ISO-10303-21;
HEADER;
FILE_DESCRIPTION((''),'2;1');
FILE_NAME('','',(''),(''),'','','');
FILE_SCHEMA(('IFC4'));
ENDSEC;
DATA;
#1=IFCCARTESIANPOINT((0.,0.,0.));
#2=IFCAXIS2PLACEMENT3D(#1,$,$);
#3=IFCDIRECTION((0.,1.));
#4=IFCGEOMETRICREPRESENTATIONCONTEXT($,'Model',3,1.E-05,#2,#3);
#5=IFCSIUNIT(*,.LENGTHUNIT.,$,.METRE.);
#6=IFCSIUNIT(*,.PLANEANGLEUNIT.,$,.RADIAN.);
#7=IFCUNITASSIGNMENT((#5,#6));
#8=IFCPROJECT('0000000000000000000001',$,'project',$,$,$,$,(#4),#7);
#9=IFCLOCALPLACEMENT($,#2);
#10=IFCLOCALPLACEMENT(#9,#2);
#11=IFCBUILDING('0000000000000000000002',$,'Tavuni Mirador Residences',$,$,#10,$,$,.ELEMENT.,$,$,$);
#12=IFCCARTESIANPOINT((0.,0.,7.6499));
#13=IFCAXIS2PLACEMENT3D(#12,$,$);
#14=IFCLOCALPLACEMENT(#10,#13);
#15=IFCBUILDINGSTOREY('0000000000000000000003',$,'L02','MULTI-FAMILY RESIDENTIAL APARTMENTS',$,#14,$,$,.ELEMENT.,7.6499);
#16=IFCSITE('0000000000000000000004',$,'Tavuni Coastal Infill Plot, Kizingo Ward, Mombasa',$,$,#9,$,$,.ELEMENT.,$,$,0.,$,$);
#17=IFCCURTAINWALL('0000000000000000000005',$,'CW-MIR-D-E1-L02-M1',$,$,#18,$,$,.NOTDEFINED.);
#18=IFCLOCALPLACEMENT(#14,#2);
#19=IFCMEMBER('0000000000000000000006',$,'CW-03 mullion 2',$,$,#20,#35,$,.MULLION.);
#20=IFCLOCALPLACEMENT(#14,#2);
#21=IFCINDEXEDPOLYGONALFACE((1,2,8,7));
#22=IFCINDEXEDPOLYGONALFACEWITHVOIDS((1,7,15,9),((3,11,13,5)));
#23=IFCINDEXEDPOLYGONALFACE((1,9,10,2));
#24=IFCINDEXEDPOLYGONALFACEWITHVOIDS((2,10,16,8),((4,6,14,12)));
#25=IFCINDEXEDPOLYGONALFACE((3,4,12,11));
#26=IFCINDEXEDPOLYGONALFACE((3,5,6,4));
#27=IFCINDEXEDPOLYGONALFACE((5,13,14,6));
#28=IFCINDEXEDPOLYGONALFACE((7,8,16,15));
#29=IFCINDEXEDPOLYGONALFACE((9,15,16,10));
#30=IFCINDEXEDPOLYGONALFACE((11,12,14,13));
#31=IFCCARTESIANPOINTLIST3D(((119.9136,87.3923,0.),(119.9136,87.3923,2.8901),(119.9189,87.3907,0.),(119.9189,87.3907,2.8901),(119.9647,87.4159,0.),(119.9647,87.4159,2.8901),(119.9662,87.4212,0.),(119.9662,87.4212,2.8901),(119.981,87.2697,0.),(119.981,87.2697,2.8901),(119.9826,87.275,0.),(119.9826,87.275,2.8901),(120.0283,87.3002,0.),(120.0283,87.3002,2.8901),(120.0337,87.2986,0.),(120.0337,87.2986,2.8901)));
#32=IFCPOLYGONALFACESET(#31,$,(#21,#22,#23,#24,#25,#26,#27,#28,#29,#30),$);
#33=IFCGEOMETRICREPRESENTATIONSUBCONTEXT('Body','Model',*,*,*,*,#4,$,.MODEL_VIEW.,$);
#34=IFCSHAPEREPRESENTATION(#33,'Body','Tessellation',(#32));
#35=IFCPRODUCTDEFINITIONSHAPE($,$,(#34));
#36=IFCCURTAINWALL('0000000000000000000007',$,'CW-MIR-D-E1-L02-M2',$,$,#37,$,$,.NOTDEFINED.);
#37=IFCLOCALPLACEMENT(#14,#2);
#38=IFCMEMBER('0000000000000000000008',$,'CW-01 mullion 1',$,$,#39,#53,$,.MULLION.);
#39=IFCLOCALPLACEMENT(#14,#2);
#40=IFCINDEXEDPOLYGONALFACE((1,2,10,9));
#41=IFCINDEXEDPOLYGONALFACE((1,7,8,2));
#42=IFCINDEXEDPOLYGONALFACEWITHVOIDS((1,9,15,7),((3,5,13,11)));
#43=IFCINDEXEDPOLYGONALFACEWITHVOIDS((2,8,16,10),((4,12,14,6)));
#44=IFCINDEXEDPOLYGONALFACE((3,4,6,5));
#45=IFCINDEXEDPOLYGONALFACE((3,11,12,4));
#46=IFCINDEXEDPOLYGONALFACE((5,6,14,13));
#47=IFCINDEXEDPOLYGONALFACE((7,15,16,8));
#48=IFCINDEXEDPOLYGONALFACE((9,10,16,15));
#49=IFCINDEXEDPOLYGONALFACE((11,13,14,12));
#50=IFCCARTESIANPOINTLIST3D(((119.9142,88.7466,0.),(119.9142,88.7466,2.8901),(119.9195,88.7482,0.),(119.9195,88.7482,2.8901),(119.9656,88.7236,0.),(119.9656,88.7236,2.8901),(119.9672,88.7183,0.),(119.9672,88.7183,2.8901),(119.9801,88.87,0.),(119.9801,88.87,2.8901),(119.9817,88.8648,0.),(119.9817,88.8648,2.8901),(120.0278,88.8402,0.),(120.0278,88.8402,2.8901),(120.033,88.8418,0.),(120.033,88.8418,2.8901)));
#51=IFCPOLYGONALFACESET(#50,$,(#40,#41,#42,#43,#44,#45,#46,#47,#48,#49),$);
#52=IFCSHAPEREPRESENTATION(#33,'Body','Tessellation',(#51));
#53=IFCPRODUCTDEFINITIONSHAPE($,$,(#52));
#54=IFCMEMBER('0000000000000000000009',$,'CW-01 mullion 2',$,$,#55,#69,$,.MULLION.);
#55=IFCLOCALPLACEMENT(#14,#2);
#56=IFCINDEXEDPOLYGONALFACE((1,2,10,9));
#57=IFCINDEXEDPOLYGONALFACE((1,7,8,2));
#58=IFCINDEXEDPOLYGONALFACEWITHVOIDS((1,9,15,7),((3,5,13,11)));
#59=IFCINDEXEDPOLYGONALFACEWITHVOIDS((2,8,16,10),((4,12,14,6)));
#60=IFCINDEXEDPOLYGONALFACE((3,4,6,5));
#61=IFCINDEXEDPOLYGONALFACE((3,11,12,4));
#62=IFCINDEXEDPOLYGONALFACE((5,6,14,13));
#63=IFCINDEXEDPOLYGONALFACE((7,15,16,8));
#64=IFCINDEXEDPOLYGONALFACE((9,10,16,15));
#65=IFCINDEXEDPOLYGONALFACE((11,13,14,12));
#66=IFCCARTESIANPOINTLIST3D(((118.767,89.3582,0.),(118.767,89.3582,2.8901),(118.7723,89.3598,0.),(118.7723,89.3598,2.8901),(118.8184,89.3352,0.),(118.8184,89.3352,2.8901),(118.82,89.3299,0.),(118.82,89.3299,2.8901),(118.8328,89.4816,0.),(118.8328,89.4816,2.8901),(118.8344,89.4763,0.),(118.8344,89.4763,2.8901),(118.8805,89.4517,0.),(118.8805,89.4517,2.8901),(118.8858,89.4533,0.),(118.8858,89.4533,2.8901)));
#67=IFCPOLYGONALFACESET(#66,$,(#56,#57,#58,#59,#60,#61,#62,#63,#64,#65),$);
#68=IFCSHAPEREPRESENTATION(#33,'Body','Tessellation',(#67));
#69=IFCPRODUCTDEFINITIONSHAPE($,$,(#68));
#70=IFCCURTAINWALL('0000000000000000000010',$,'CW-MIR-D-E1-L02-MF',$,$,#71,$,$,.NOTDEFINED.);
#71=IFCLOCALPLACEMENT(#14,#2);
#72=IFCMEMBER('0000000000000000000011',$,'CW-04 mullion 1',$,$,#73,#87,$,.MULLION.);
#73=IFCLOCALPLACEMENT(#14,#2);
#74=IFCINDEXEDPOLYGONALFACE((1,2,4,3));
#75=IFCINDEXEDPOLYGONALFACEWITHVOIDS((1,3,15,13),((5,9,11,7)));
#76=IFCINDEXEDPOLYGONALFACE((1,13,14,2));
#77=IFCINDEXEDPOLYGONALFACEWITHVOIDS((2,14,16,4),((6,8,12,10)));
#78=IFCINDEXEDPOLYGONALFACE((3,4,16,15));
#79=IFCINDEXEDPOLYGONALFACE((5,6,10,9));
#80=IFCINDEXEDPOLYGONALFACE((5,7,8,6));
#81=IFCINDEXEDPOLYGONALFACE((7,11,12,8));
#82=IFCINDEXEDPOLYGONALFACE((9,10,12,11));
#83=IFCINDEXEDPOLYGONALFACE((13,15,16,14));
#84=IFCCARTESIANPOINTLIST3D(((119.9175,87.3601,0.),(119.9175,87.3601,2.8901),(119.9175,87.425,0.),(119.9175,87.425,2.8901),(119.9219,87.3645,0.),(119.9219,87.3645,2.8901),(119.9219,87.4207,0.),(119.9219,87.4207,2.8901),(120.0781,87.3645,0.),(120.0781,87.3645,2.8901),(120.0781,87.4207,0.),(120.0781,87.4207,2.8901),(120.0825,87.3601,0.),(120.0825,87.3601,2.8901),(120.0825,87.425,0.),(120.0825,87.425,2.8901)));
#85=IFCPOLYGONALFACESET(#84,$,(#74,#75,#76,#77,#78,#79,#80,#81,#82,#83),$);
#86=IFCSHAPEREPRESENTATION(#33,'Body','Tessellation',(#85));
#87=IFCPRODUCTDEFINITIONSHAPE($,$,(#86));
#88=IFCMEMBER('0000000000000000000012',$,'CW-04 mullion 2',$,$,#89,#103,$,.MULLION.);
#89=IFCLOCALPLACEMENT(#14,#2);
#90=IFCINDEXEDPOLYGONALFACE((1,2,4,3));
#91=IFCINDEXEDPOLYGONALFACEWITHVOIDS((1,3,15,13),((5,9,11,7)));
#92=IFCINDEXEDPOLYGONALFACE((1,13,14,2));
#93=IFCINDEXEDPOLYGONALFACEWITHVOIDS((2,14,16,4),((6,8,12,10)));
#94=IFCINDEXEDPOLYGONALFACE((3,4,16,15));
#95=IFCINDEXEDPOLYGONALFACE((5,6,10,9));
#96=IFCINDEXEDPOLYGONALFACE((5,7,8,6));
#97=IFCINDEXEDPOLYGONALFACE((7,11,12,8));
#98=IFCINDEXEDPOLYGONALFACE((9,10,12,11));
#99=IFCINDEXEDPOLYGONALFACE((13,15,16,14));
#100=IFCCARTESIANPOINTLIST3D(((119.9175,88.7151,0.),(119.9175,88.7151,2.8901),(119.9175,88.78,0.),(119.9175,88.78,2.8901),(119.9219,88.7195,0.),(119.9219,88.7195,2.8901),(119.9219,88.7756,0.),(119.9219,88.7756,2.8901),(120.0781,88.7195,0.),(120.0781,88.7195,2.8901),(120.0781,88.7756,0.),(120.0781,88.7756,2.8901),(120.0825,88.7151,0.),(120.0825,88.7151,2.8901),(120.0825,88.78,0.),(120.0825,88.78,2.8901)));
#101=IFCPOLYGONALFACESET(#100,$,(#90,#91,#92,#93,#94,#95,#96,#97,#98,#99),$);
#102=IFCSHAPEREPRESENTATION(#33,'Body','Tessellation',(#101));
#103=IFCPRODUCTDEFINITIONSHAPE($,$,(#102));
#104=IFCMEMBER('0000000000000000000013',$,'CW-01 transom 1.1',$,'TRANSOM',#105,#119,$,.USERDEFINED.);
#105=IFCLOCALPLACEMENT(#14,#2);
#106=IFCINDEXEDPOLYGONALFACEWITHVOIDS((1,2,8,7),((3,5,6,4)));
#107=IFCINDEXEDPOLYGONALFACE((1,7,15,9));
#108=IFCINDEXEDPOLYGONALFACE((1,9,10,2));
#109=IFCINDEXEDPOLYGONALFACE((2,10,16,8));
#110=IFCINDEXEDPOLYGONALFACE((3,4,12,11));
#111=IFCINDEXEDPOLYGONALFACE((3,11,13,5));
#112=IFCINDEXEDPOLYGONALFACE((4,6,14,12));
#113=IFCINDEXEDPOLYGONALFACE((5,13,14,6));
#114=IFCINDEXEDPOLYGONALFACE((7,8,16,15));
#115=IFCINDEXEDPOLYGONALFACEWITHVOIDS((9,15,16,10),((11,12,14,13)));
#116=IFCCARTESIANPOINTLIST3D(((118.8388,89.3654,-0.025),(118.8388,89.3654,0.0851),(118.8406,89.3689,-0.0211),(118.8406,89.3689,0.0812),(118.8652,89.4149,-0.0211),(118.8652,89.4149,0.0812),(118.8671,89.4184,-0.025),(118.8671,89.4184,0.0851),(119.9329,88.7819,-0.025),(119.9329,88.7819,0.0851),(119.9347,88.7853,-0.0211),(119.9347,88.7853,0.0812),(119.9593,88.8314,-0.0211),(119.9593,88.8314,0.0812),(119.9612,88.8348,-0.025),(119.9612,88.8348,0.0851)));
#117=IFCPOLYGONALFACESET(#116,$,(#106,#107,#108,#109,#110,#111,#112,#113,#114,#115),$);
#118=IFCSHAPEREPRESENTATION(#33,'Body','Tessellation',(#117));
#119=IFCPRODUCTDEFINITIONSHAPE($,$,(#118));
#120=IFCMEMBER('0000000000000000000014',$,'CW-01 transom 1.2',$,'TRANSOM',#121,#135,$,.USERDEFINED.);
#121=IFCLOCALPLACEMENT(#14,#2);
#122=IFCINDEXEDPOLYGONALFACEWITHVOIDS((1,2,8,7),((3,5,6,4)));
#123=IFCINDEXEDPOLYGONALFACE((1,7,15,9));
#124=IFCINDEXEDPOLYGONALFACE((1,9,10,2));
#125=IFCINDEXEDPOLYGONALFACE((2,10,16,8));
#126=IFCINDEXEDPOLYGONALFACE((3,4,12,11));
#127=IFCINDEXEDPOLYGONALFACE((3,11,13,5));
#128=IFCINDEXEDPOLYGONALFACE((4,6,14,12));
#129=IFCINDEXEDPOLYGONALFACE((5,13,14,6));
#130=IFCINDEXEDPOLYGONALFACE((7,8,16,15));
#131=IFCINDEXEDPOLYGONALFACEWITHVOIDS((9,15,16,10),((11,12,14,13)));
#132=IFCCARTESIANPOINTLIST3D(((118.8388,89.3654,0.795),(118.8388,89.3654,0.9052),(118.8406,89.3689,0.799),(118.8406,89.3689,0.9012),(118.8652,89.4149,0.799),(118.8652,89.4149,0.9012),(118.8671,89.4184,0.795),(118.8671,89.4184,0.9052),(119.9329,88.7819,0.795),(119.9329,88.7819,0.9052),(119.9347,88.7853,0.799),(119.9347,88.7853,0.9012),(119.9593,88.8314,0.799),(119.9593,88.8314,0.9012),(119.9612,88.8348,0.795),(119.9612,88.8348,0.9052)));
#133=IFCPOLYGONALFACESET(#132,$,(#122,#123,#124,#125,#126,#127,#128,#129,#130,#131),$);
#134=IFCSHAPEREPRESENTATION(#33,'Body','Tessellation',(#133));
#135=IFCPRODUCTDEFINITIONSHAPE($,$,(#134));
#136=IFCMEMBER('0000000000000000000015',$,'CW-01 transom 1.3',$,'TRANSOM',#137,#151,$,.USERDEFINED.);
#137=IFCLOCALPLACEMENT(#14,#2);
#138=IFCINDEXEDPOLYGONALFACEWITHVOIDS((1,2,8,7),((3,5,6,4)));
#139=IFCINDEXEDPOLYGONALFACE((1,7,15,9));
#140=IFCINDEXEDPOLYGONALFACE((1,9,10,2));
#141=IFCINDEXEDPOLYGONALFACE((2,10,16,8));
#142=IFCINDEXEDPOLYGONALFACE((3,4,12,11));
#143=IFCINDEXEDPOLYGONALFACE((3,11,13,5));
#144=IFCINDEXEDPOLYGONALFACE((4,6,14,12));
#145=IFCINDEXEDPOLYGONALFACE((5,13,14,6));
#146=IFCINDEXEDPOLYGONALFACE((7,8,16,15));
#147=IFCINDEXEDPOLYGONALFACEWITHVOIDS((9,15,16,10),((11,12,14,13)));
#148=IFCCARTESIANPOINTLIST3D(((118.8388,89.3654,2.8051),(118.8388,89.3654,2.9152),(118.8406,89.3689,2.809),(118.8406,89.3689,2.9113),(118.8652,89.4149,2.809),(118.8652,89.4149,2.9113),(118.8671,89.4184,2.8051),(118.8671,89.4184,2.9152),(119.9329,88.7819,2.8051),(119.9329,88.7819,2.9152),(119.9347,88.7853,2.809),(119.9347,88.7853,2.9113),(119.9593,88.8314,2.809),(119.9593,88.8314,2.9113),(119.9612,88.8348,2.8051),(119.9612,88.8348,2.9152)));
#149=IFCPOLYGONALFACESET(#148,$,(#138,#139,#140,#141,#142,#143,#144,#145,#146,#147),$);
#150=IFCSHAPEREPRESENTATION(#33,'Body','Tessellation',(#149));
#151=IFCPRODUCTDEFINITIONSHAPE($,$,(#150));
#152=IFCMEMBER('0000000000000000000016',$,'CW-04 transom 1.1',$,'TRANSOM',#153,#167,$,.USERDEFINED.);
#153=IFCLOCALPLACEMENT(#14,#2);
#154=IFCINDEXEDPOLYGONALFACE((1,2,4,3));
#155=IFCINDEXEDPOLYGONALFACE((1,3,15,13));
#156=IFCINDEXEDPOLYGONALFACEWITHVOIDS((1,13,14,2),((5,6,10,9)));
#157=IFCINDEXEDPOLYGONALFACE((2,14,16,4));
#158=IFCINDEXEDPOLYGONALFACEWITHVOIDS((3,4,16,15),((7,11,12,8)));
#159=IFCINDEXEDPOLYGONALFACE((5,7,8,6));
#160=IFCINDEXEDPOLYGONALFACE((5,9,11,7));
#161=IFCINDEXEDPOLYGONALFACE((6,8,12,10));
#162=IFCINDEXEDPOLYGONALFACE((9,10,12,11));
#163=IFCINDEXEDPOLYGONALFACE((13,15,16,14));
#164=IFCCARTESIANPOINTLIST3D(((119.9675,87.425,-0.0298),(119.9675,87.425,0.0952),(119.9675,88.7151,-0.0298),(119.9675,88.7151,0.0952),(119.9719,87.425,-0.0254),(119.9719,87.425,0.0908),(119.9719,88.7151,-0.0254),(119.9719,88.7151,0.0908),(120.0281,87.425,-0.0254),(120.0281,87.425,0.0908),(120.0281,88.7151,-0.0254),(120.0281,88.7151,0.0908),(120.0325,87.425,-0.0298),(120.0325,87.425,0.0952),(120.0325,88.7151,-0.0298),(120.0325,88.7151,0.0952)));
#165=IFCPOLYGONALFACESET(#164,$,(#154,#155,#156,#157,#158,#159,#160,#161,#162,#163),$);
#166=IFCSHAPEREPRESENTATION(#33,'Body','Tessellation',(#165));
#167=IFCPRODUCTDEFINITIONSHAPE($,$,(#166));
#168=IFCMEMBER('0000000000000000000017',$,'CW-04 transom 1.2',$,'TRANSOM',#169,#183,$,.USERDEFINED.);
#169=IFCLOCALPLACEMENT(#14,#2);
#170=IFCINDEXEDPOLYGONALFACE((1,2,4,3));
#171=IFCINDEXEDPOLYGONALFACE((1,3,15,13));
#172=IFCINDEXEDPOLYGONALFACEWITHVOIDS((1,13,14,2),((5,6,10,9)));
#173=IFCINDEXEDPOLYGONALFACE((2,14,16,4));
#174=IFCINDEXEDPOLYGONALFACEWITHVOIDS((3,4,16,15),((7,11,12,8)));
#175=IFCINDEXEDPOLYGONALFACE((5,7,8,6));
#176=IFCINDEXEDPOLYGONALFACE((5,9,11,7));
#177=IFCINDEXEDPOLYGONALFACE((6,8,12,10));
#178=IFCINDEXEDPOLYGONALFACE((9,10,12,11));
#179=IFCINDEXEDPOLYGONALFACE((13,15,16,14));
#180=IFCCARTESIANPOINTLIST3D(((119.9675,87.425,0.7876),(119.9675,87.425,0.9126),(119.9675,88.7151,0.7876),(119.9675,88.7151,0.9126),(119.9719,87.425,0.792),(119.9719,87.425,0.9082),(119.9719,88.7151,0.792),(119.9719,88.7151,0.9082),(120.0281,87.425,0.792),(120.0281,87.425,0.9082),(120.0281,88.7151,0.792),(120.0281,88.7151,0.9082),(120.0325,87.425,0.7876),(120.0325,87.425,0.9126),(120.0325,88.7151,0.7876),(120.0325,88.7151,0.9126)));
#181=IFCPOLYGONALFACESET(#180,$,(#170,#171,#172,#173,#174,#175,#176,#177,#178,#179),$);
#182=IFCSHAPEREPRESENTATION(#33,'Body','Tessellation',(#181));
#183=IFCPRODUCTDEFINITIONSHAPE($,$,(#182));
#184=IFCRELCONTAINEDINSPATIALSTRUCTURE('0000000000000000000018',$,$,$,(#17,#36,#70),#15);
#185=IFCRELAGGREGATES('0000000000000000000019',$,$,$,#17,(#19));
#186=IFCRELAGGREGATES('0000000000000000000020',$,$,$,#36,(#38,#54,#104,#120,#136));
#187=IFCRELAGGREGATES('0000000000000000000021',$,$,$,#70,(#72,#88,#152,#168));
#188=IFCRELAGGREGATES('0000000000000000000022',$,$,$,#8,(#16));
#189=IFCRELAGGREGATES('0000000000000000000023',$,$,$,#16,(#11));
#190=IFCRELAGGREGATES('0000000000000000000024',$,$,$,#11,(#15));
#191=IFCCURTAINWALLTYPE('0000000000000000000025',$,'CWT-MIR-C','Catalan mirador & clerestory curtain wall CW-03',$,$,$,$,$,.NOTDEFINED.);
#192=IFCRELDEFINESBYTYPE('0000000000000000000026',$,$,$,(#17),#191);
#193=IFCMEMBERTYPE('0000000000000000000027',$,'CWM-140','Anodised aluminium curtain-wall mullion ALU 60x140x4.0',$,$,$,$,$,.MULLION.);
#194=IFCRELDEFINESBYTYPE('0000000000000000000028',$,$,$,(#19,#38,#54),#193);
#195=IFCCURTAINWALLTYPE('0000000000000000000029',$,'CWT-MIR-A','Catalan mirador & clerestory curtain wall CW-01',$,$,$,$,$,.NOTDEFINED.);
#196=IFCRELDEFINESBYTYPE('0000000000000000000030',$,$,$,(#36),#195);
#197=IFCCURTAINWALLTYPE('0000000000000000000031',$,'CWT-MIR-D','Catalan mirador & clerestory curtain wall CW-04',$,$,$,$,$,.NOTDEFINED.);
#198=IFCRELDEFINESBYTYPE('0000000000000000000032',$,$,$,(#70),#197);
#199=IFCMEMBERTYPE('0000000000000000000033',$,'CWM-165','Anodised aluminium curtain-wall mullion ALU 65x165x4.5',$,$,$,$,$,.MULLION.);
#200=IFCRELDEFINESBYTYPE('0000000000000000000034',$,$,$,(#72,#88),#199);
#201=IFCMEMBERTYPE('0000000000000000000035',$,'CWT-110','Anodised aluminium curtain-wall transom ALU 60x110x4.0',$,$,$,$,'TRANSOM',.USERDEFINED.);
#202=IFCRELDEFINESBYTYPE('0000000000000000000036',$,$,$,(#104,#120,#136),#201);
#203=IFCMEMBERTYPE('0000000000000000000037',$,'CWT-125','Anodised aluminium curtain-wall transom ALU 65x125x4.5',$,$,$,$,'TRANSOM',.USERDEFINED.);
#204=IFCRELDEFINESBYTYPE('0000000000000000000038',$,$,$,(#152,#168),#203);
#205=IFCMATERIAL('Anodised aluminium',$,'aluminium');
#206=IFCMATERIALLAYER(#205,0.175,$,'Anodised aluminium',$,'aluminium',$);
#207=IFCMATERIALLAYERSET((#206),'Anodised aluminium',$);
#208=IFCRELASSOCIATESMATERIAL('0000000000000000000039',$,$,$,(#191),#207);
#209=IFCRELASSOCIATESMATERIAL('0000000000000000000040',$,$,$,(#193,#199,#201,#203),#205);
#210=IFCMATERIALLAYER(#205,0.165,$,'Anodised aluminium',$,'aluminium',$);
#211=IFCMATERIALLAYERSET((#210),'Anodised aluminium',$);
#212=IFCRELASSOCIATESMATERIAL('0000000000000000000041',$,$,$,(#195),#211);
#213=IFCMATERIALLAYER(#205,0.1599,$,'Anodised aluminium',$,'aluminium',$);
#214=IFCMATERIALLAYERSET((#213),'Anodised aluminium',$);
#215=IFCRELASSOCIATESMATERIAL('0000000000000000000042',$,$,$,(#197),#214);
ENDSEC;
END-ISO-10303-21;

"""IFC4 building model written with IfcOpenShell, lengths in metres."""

from ifc_helpers import new_model, si_unit, direction, frame, origin, origin_2d, place, context, subcontext, project, spatial, hollow_rectangle, extrude, material, layer, layer_set, material_profile, profile_set, type_object, element, aggregate, save


model = new_model("IFC4")

# Units and contexts
model_context = context("Model", 3, precision=1e-05, world=origin(), true_north=direction((0.0, 1.0)))
body_context = subcontext(model_context, "Body", "Model", "MODEL_VIEW")
ifc_project = project(units=[si_unit("LENGTHUNIT", "METRE"), si_unit("PLANEANGLEUNIT", "RADIAN")], contexts=[model_context])

# Site, building, storey
site_placement = place(None, origin())
site = spatial("IfcSite", under=ifc_project, at=site_placement, Name="Tavuni Coastal Infill Plot, Kizingo Ward, Mombasa", CompositionType="ELEMENT", RefElevation=0.0)
building_placement = place(site_placement, origin())
building = spatial("IfcBuilding", under=site, at=building_placement, Name="Tavuni Mirador Residences", CompositionType="ELEMENT")
storey_placement = place(building_placement, frame((0.0, 0.0, 7.6499)))
storey = spatial("IfcBuildingStorey", under=building, at=storey_placement, Name="L02", Description="MULTI-FAMILY RESIDENTIAL APARTMENTS", CompositionType="ELEMENT", Elevation=7.6499)

# Curtain wall, member
ifc_material_1 = material(Name="Anodised aluminium", Category="aluminium")
ifc_layer_1 = layer(ifc_material_1, 0.175, Name="Anodised aluminium", Category="aluminium")
ifc_layer_set_1 = layer_set([ifc_layer_1], Name="Anodised aluminium")
curtain_wall_type_1 = type_object("IfcCurtainWallType", Name="CWT-MIR-C", Description="Catalan mirador & clerestory curtain wall CW-03", PredefinedType="NOTDEFINED", material=ifc_layer_set_1)
curtain_wall_1_placement = place(storey_placement, origin())
curtain_wall_1 = element("IfcCurtainWall", 1, at=curtain_wall_1_placement, inside=storey, type_object=curtain_wall_type_1, Name="CW-MIR-D-E1-L02-M1", PredefinedType="NOTDEFINED")
ifc_material_profile_1 = material_profile(ifc_material_1, hollow_rectangle(XDim=0.0601, YDim=0.1399, WallThickness=0.0039, at=origin_2d()), Name="ALU 60x140x4.0", Category="aluminium")
ifc_profile_set_1 = profile_set([ifc_material_profile_1], Name="Anodised aluminium")
member_type_1 = type_object("IfcMemberType", Name="CWM-140", Description="Anodised aluminium curtain-wall mullion ALU 60x140x4.0", PredefinedType="MULLION", material=ifc_profile_set_1)
member_1_placement = place(storey_placement, frame((119.9736, 87.3455, 0.0), z_axis=(0.0, 0.0, 1.0), x_axis=(0.876216, 0.481919, 0.0)))
member_1 = element("IfcMember", 2, at=member_1_placement, type_object=member_type_1, Name="CW-03 mullion 2", PredefinedType="MULLION", context=body_context, shape_type="SweptSolid", body=[
    extrude(hollow_rectangle(XDim=0.0601, YDim=0.1399, WallThickness=0.0039, at=origin_2d()), origin(), (0.0, 0.0, 1.0), 2.8901),
])
aggregate(curtain_wall_1, [member_1])

# Curtain walls, members
ifc_layer_2 = layer(ifc_material_1, 0.165, Name="Anodised aluminium", Category="aluminium")
ifc_layer_set_2 = layer_set([ifc_layer_2], Name="Anodised aluminium")
curtain_wall_type_2 = type_object("IfcCurtainWallType", Name="CWT-MIR-A", Description="Catalan mirador & clerestory curtain wall CW-01", PredefinedType="NOTDEFINED", material=ifc_layer_set_2)
curtain_wall_2_placement = place(storey_placement, origin())
curtain_wall_2 = element("IfcCurtainWall", 3, at=curtain_wall_2_placement, inside=storey, type_object=curtain_wall_type_2, Name="CW-MIR-D-E1-L02-M2", PredefinedType="NOTDEFINED")
member_2_placement = place(storey_placement, frame((119.9736, 88.7942, 0.0), z_axis=(0.0, 0.0, 1.0), x_axis=(-0.882353, 0.470588, 0.0)))
member_2 = element("IfcMember", 4, at=member_2_placement, type_object=member_type_1, Name="CW-01 mullion 1", PredefinedType="MULLION", context=body_context, shape_type="SweptSolid", body=[
    extrude(hollow_rectangle(XDim=0.0601, YDim=0.1399, WallThickness=0.0039, at=origin_2d()), origin(), (0.0, 0.0, 1.0), 2.8901),
])
member_3_placement = place(storey_placement, frame((118.8264, 89.4058, 0.0), z_axis=(0.0, 0.0, 1.0), x_axis=(-0.882353, 0.470588, 0.0)))
member_3 = element("IfcMember", 5, at=member_3_placement, type_object=member_type_1, Name="CW-01 mullion 2", PredefinedType="MULLION", context=body_context, shape_type="SweptSolid", body=[
    extrude(hollow_rectangle(XDim=0.0601, YDim=0.1399, WallThickness=0.0039, at=origin_2d()), origin(), (0.0, 0.0, 1.0), 2.8901),
])
ifc_layer_3 = layer(ifc_material_1, 0.1599, Name="Anodised aluminium", Category="aluminium")
ifc_layer_set_3 = layer_set([ifc_layer_3], Name="Anodised aluminium")
curtain_wall_type_3 = type_object("IfcCurtainWallType", Name="CWT-MIR-D", Description="Catalan mirador & clerestory curtain wall CW-04", PredefinedType="NOTDEFINED", material=ifc_layer_set_3)
curtain_wall_3_placement = place(storey_placement, origin())
curtain_wall_3 = element("IfcCurtainWall", 6, at=curtain_wall_3_placement, inside=storey, type_object=curtain_wall_type_3, Name="CW-MIR-D-E1-L02-MF", PredefinedType="NOTDEFINED")
ifc_material_profile_2 = material_profile(ifc_material_1, hollow_rectangle(XDim=0.0649, YDim=0.165, WallThickness=0.0044, at=origin_2d()), Name="ALU 65x165x4.5", Category="aluminium")
ifc_profile_set_2 = profile_set([ifc_material_profile_2], Name="Anodised aluminium")
member_type_2 = type_object("IfcMemberType", Name="CWM-165", Description="Anodised aluminium curtain-wall mullion ALU 65x165x4.5", PredefinedType="MULLION", material=ifc_profile_set_2)
member_4_placement = place(storey_placement, frame((120.0, 87.3926, 0.0), z_axis=(0.0, 0.0, 1.0), x_axis=(0.0, 1.0, 0.0)))
member_4 = element("IfcMember", 7, at=member_4_placement, type_object=member_type_2, Name="CW-04 mullion 1", PredefinedType="MULLION", context=body_context, shape_type="SweptSolid", body=[
    extrude(hollow_rectangle(XDim=0.0649, YDim=0.165, WallThickness=0.0044, at=origin_2d()), origin(), (0.0, 0.0, 1.0), 2.8901),
])
member_5_placement = place(storey_placement, frame((120.0, 88.7476, 0.0), z_axis=(0.0, 0.0, 1.0), x_axis=(0.0, 1.0, 0.0)))
member_5 = element("IfcMember", 8, at=member_5_placement, type_object=member_type_2, Name="CW-04 mullion 2", PredefinedType="MULLION", context=body_context, shape_type="SweptSolid", body=[
    extrude(hollow_rectangle(XDim=0.0649, YDim=0.165, WallThickness=0.0044, at=origin_2d()), origin(), (0.0, 0.0, 1.0), 2.8901),
])

# Members
ifc_material_profile_3 = material_profile(ifc_material_1, hollow_rectangle(XDim=0.0601, YDim=0.1101, WallThickness=0.0039, at=origin_2d()), Name="ALU 60x110x4.0", Category="aluminium")
ifc_profile_set_3 = profile_set([ifc_material_profile_3], Name="Anodised aluminium")
member_type_3 = type_object("IfcMemberType", Name="CWT-110", Description="Anodised aluminium curtain-wall transom ALU 60x110x4.0", ElementType="TRANSOM", PredefinedType="USERDEFINED", material=ifc_profile_set_3)
member_6_placement = place(storey_placement, frame((119.947, 88.8083, 0.03), z_axis=(-0.882342, 0.470609, 0.0), x_axis=(-0.470609, -0.882342, 0.0)))
member_6 = element("IfcMember", 9, at=member_6_placement, type_object=member_type_3, Name="CW-01 transom 1.1", ObjectType="TRANSOM", PredefinedType="USERDEFINED", context=body_context, shape_type="SweptSolid", body=[
    extrude(hollow_rectangle(XDim=0.0601, YDim=0.1101, WallThickness=0.0039, at=origin_2d()), origin(), (0.0, 0.0, 1.0), 1.24),
])
member_7_placement = place(storey_placement, frame((119.947, 88.8083, 0.8501), z_axis=(-0.882342, 0.470609, 0.0), x_axis=(-0.470609, -0.882342, 0.0)))
member_7 = element("IfcMember", 10, at=member_7_placement, type_object=member_type_3, Name="CW-01 transom 1.2", ObjectType="TRANSOM", PredefinedType="USERDEFINED", context=body_context, shape_type="SweptSolid", body=[
    extrude(hollow_rectangle(XDim=0.0601, YDim=0.1101, WallThickness=0.0039, at=origin_2d()), origin(), (0.0, 0.0, 1.0), 1.24),
])
member_8_placement = place(storey_placement, frame((119.947, 88.8083, 2.8601), z_axis=(-0.882342, 0.470609, 0.0), x_axis=(-0.470609, -0.882342, 0.0)))
member_8 = element("IfcMember", 11, at=member_8_placement, type_object=member_type_3, Name="CW-01 transom 1.3", ObjectType="TRANSOM", PredefinedType="USERDEFINED", context=body_context, shape_type="SweptSolid", body=[
    extrude(hollow_rectangle(XDim=0.0601, YDim=0.1101, WallThickness=0.0039, at=origin_2d()), origin(), (0.0, 0.0, 1.0), 1.24),
])
ifc_material_profile_4 = material_profile(ifc_material_1, hollow_rectangle(XDim=0.0649, YDim=0.125, WallThickness=0.0044, at=origin_2d()), Name="ALU 65x125x4.5", Category="aluminium")
ifc_profile_set_4 = profile_set([ifc_material_profile_4], Name="Anodised aluminium")
member_type_4 = type_object("IfcMemberType", Name="CWT-125", Description="Anodised aluminium curtain-wall transom ALU 65x125x4.5", ElementType="TRANSOM", PredefinedType="USERDEFINED", material=ifc_profile_set_4)
member_9_placement = place(storey_placement, frame((120.0, 87.425, 0.0327), z_axis=(0.0, 1.0, 0.0), x_axis=(-1.0, 0.0, 0.0)))
member_9 = element("IfcMember", 12, at=member_9_placement, type_object=member_type_4, Name="CW-04 transom 1.1", ObjectType="TRANSOM", PredefinedType="USERDEFINED", context=body_context, shape_type="SweptSolid", body=[
    extrude(hollow_rectangle(XDim=0.0649, YDim=0.125, WallThickness=0.0044, at=origin_2d()), origin(), (0.0, 0.0, 1.0), 1.29),
])
member_10_placement = place(storey_placement, frame((120.0, 87.425, 0.8501), z_axis=(0.0, 1.0, 0.0), x_axis=(-1.0, 0.0, 0.0)))
member_10 = element("IfcMember", 13, at=member_10_placement, type_object=member_type_4, Name="CW-04 transom 1.2", ObjectType="TRANSOM", PredefinedType="USERDEFINED", context=body_context, shape_type="SweptSolid", body=[
    extrude(hollow_rectangle(XDim=0.0649, YDim=0.125, WallThickness=0.0044, at=origin_2d()), origin(), (0.0, 0.0, 1.0), 1.29),
])

aggregate(curtain_wall_2, [member_2, member_3, member_6, member_7, member_8])
aggregate(curtain_wall_3, [member_4, member_5, member_9, member_10])

save(model, "model.ifc")
